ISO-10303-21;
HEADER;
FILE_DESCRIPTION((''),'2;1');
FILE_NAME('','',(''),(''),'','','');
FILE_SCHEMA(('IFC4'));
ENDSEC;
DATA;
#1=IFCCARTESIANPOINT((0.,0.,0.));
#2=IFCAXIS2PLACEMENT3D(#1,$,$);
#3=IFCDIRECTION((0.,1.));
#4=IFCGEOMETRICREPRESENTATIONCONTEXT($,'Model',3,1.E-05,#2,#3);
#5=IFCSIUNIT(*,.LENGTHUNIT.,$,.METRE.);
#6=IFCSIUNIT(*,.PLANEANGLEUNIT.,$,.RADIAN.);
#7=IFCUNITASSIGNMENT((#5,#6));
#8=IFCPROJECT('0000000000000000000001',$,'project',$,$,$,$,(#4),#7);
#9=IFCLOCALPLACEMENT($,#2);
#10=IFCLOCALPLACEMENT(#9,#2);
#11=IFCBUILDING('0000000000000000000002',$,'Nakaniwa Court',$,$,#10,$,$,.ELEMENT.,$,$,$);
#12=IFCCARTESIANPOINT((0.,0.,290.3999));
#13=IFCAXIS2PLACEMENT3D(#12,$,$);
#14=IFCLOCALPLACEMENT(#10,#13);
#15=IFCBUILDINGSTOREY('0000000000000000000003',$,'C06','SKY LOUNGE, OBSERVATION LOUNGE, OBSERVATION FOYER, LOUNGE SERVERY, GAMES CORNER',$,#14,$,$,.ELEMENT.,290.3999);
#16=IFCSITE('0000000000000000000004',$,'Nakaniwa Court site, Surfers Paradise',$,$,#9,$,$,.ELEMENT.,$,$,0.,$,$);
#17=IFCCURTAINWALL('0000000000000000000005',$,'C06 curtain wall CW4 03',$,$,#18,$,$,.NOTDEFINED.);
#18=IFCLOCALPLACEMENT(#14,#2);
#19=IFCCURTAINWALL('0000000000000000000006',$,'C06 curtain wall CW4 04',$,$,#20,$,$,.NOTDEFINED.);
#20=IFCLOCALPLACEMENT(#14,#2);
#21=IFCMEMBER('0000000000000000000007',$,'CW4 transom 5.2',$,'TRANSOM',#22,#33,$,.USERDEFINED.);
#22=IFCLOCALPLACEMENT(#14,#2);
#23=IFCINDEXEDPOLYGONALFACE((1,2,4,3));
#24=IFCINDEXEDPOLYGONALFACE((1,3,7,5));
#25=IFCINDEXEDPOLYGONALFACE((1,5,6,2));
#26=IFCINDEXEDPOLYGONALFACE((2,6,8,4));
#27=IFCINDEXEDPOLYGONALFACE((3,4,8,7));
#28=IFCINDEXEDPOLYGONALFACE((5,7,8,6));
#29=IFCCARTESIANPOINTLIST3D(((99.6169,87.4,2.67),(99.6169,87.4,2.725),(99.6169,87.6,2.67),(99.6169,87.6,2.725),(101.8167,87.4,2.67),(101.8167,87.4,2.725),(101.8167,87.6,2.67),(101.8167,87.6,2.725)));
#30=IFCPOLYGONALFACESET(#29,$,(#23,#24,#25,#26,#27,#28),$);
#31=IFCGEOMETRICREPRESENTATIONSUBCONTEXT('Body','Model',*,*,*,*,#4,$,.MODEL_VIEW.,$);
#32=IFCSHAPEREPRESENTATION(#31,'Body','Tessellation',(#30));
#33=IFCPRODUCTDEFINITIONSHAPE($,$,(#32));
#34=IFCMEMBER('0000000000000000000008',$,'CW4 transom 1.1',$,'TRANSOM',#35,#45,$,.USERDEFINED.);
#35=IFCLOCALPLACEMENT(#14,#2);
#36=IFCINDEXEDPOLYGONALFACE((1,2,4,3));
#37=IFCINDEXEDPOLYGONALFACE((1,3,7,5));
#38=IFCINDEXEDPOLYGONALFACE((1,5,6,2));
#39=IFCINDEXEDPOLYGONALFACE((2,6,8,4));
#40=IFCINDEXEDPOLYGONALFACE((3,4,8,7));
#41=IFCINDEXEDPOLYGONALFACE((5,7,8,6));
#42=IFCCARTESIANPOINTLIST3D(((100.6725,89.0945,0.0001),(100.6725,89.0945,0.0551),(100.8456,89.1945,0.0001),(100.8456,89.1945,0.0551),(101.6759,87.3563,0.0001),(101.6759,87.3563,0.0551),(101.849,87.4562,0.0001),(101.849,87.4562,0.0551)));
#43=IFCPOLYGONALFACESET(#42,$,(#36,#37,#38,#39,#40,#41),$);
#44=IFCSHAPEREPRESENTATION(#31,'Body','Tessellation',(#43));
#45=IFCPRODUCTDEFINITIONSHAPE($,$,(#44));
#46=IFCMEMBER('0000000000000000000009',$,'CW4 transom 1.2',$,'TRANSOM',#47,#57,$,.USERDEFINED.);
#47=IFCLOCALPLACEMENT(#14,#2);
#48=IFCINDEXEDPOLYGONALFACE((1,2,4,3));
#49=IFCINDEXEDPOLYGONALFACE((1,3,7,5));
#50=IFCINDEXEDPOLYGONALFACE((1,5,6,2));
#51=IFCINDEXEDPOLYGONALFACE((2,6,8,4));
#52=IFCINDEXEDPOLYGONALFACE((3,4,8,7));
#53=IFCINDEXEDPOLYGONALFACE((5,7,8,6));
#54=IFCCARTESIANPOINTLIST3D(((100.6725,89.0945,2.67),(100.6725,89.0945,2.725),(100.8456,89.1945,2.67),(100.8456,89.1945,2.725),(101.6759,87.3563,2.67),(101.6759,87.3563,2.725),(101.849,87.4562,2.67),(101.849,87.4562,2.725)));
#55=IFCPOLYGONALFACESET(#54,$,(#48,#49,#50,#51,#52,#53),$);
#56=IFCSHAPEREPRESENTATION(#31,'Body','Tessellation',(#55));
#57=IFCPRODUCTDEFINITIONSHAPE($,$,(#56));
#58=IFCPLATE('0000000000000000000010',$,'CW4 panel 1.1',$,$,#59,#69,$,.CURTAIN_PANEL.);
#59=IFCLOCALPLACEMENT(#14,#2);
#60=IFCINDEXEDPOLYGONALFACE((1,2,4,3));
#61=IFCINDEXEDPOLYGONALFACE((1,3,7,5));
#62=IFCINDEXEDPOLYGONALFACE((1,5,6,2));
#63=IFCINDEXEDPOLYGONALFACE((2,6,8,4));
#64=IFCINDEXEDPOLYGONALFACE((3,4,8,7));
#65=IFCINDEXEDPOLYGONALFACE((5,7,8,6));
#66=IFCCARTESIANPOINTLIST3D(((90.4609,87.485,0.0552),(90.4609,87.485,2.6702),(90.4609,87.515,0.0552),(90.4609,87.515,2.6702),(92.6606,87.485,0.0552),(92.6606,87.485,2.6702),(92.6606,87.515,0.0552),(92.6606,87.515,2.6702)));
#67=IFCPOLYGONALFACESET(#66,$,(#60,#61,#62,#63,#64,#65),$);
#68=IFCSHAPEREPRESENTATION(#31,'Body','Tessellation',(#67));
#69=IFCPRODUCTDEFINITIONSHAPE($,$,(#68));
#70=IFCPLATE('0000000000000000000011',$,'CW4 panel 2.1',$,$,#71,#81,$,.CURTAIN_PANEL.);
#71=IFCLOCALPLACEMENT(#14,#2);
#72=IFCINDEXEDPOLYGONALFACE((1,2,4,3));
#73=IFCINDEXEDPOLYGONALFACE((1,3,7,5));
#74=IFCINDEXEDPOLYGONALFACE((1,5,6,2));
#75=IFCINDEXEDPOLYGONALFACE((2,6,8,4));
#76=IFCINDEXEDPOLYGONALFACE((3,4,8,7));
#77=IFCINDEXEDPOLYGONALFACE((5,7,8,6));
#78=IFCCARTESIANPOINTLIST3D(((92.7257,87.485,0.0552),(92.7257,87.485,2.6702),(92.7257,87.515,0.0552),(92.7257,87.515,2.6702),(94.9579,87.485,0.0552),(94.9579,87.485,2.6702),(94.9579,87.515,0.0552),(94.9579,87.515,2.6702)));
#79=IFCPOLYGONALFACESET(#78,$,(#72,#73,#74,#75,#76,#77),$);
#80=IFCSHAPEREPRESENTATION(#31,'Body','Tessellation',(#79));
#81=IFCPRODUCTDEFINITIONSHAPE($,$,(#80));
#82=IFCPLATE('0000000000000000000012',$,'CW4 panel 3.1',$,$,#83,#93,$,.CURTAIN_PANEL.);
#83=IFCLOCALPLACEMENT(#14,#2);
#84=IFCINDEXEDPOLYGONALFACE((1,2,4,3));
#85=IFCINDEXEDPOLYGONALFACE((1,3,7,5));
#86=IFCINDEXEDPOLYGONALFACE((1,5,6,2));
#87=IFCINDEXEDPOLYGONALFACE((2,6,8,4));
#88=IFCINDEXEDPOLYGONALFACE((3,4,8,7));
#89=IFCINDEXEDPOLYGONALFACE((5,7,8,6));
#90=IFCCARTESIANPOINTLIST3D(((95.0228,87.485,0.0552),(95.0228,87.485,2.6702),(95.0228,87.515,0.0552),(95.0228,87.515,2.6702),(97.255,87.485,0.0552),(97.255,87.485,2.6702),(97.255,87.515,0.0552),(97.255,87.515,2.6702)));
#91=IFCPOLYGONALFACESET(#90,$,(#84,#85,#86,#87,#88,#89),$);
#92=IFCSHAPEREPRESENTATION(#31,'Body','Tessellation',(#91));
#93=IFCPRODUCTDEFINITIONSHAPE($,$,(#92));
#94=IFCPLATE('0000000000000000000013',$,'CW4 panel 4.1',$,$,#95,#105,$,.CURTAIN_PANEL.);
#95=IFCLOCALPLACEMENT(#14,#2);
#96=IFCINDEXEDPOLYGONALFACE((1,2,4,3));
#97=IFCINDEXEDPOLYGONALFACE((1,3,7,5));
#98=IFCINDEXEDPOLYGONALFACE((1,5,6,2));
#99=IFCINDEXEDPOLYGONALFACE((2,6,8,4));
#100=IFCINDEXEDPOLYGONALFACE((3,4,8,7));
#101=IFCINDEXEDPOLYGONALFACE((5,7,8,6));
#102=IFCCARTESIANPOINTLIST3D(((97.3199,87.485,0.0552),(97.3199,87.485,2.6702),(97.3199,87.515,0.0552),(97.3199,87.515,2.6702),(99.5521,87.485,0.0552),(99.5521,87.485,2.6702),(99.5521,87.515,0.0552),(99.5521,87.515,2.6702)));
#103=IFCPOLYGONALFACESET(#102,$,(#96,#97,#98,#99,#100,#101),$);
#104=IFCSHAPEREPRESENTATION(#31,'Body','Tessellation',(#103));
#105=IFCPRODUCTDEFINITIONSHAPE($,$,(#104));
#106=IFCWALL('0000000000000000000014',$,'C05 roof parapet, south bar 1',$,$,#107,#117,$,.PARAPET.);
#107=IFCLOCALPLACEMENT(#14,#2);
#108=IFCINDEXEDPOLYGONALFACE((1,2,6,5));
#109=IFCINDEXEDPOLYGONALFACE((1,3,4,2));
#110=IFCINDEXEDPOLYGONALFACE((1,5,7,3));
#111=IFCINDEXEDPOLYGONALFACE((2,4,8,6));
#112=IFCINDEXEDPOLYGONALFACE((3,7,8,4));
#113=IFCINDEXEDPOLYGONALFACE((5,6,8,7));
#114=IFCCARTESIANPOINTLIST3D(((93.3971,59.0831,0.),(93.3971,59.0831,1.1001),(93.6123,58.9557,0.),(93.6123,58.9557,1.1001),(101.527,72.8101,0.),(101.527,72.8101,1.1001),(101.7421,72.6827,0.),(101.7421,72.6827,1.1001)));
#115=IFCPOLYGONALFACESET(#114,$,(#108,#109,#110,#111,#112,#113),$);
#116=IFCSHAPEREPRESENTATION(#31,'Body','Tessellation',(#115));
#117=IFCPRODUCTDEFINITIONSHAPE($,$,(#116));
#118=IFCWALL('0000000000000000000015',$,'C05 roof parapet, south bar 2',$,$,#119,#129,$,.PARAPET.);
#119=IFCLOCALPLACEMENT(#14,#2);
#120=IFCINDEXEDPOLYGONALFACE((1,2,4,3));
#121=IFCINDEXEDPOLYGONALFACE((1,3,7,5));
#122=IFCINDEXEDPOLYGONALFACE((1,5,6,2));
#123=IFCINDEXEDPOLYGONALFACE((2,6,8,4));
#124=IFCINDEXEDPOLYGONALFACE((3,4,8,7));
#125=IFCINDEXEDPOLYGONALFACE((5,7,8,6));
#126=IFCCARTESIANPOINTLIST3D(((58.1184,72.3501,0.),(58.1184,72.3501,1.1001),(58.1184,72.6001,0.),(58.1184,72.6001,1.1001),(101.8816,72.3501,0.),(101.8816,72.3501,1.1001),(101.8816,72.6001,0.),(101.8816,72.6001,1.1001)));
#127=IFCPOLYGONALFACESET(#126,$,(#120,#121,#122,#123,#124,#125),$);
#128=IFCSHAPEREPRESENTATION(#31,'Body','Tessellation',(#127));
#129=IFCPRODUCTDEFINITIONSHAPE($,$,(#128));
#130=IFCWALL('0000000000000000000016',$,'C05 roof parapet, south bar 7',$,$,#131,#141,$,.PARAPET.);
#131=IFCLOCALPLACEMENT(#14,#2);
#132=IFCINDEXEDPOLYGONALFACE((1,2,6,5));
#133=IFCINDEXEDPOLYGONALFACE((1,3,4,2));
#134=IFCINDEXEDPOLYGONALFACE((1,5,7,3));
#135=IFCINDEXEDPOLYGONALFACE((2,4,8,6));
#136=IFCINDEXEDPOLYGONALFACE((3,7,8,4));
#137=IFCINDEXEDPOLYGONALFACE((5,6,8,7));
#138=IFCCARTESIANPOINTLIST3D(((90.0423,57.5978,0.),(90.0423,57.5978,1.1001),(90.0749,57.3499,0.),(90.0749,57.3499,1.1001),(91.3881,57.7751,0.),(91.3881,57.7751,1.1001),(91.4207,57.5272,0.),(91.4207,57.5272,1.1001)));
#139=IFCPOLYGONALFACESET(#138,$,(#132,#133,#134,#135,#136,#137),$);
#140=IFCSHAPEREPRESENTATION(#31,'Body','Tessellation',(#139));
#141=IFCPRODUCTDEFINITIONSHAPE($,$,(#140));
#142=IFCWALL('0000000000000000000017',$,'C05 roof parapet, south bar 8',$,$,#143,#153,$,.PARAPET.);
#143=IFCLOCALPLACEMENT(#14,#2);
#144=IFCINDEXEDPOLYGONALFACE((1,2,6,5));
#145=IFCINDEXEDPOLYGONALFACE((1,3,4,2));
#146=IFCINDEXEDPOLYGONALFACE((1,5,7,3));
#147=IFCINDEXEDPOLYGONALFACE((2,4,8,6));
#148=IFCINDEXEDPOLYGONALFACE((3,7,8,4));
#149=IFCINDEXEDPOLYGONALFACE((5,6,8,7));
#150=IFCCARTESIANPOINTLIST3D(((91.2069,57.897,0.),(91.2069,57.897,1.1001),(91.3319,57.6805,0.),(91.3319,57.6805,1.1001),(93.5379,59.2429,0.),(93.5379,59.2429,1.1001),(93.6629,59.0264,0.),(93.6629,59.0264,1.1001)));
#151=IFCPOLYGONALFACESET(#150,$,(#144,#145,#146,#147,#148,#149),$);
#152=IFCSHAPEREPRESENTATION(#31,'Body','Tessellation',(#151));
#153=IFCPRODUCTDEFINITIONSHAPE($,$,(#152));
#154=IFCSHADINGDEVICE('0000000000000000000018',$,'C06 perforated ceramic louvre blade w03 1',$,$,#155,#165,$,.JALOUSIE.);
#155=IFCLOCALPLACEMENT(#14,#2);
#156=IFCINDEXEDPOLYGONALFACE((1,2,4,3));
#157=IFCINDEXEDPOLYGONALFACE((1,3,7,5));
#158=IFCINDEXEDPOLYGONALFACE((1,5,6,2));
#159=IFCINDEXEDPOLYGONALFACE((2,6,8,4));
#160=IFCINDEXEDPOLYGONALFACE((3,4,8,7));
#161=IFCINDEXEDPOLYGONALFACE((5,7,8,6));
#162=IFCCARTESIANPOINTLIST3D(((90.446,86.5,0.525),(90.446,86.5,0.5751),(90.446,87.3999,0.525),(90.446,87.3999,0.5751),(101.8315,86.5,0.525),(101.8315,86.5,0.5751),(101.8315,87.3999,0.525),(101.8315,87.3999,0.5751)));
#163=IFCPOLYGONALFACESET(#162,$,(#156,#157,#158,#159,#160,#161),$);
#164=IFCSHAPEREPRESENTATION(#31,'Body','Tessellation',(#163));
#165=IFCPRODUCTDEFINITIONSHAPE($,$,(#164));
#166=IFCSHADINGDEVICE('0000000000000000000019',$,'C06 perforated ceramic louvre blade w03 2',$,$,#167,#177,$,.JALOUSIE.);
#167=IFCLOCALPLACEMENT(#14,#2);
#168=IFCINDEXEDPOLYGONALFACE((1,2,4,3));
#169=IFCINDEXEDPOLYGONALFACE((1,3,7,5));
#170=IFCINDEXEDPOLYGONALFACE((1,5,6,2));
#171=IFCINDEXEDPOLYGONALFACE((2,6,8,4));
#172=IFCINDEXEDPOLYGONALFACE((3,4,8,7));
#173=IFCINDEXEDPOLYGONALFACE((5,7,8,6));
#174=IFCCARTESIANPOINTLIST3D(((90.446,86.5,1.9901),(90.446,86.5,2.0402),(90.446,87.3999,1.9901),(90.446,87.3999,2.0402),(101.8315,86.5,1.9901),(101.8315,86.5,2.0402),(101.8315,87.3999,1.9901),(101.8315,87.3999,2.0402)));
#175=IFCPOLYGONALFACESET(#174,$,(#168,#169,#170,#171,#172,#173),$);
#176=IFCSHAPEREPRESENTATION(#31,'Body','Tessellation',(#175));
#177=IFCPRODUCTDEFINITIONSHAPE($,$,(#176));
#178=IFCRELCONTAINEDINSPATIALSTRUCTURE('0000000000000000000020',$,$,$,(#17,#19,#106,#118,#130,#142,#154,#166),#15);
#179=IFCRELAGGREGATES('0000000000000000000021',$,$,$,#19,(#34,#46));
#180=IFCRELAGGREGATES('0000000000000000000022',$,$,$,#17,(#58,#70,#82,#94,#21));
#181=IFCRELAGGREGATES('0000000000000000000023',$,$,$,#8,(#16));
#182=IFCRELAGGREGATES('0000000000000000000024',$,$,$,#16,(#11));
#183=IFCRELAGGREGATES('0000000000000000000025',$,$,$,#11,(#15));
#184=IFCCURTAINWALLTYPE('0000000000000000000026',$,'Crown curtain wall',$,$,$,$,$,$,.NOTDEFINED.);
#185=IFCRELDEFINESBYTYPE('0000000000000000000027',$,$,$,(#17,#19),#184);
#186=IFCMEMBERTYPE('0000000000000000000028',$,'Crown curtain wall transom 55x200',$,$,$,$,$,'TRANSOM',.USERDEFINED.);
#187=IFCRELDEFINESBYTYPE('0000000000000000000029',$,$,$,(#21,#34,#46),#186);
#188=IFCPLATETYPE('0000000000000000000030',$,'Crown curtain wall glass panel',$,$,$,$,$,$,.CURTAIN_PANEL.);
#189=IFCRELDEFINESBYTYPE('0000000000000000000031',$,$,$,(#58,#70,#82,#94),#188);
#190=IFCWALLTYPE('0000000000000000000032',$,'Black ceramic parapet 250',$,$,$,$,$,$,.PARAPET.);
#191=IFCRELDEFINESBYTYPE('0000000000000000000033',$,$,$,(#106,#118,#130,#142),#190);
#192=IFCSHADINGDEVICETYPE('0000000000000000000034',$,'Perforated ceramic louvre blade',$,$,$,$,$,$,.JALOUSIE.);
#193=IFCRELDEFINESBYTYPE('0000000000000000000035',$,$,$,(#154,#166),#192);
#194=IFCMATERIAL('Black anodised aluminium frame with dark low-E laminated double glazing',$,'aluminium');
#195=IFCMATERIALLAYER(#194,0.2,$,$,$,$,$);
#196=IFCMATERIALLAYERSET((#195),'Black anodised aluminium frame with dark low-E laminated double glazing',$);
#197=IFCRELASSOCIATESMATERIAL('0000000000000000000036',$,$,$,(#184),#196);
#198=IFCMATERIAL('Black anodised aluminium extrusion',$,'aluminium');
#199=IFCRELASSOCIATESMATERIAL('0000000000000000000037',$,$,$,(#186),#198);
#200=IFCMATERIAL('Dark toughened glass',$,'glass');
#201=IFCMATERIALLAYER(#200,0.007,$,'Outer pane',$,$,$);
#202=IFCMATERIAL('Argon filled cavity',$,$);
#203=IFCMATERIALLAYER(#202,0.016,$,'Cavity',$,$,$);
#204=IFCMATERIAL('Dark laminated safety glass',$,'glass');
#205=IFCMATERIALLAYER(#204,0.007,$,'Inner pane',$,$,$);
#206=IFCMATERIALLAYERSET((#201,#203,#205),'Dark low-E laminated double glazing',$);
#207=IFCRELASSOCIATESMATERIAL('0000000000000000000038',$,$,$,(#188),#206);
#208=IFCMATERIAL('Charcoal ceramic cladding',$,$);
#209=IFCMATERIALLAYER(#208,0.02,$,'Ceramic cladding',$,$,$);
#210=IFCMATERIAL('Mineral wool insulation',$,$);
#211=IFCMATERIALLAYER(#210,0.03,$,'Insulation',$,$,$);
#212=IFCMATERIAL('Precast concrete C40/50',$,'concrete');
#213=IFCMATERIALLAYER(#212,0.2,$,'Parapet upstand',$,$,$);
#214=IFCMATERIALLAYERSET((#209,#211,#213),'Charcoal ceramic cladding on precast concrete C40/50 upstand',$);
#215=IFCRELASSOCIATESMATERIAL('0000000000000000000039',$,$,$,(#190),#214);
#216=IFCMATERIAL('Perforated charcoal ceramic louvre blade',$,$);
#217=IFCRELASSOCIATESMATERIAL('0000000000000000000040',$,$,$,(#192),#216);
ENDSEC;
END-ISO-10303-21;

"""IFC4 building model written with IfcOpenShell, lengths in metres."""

from ifc_helpers import new_model, si_unit, direction, frame, frame_2d, origin, origin_2d, place, context, subcontext, project, spatial, rectangle, extrude, material, layer, layer_set, material_profile, profile_set, type_object, element, aggregate, save


model = new_model("IFC4")

# Units and contexts
model_context = context("Model", 3, precision=1e-05, world=origin(), true_north=direction((0.0, 1.0)))
body_context = subcontext(model_context, "Body", "Model", "MODEL_VIEW")
ifc_project = project(units=[si_unit("LENGTHUNIT", "METRE"), si_unit("PLANEANGLEUNIT", "RADIAN")], contexts=[model_context])

# Site, building, storey
site_placement = place(None, origin())
site = spatial("IfcSite", under=ifc_project, at=site_placement, Name="Nakaniwa Court site, Surfers Paradise", CompositionType="ELEMENT", RefElevation=0.0)
building_placement = place(site_placement, origin())
building = spatial("IfcBuilding", under=site, at=building_placement, Name="Nakaniwa Court", CompositionType="ELEMENT")
storey_placement = place(building_placement, frame((0.0, 0.0, 290.3999)))
storey = spatial("IfcBuildingStorey", under=building, at=storey_placement, Name="C06", Description="SKY LOUNGE, OBSERVATION LOUNGE, OBSERVATION FOYER, LOUNGE SERVERY, GAMES CORNER", CompositionType="ELEMENT", Elevation=290.3999)

# Curtain wall
ifc_material_1 = material(Name="Black anodised aluminium frame with dark low-E laminated double glazing", Category="aluminium")
ifc_layer_1 = layer(ifc_material_1, 0.2)
ifc_layer_set_1 = layer_set([ifc_layer_1], Name="Black anodised aluminium frame with dark low-E laminated double glazing")
curtain_wall_type = type_object("IfcCurtainWallType", Name="Crown curtain wall", PredefinedType="NOTDEFINED", material=ifc_layer_set_1)
curtain_wall_1_placement = place(storey_placement, origin())
curtain_wall_1 = element("IfcCurtainWall", 1, at=curtain_wall_1_placement, inside=storey, type_object=curtain_wall_type, Name="C06 curtain wall CW4 03", PredefinedType="NOTDEFINED")
ifc_material_2 = material(Name="Black anodised aluminium extrusion", Category="aluminium")

# Curtain wall
curtain_wall_2_placement = place(storey_placement, origin())
curtain_wall_2 = element("IfcCurtainWall", 2, at=curtain_wall_2_placement, inside=storey, type_object=curtain_wall_type, Name="C06 curtain wall CW4 04", PredefinedType="NOTDEFINED")

# Members
ifc_material_profile_1 = material_profile(ifc_material_2, rectangle(XDim=0.2, YDim=0.0549, at=origin_2d()), Name="Crown curtain wall transom 55x200")
ifc_profile_set_1 = profile_set([ifc_material_profile_1], Name="Black anodised aluminium extrusion")
member_type_1 = type_object("IfcMemberType", Name="Crown curtain wall transom 55x200", ElementType="TRANSOM", PredefinedType="USERDEFINED", material=ifc_profile_set_1)
member_1_placement = place(storey_placement, frame((99.6169, 87.5, 2.6975), z_axis=(1.0, 0.0, 0.0), x_axis=(0.0, 1.0, 0.0)))
member_1 = element("IfcMember", 3, at=member_1_placement, type_object=member_type_1, Name="CW4 transom 5.2", ObjectType="TRANSOM", PredefinedType="USERDEFINED", context=body_context, shape_type="SweptSolid", body=[
    extrude(rectangle(XDim=0.2, YDim=0.0549, at=origin_2d()), origin(), (0.0, 0.0, 1.0), 2.1997),
])
member_2_placement = place(storey_placement, frame((101.7625, 87.4062, 0.0276), z_axis=(-0.499933, 0.866064, 0.0), x_axis=(-0.866064, -0.499933, 0.0)))
member_2 = element("IfcMember", 4, at=member_2_placement, type_object=member_type_1, Name="CW4 transom 1.1", ObjectType="TRANSOM", PredefinedType="USERDEFINED", context=body_context, shape_type="SweptSolid", body=[
    extrude(rectangle(XDim=0.2, YDim=0.0549, at=origin_2d()), origin(), (0.0, 0.0, 1.0), 2.0071),
])
member_3_placement = place(storey_placement, frame((101.7625, 87.4062, 2.6975), z_axis=(-0.499933, 0.866064, 0.0), x_axis=(-0.866064, -0.499933, 0.0)))
member_3 = element("IfcMember", 5, at=member_3_placement, type_object=member_type_1, Name="CW4 transom 1.2", ObjectType="TRANSOM", PredefinedType="USERDEFINED", context=body_context, shape_type="SweptSolid", body=[
    extrude(rectangle(XDim=0.2, YDim=0.0549, at=origin_2d()), origin(), (0.0, 0.0, 1.0), 2.0071),
])
aggregate(curtain_wall_2, [member_2, member_3])

# Plates
ifc_material_3 = material(Name="Dark toughened glass", Category="glass")
ifc_layer_2 = layer(ifc_material_3, 0.007, Name="Outer pane")
ifc_material_4 = material(Name="Argon filled cavity")
ifc_layer_3 = layer(ifc_material_4, 0.016, Name="Cavity")
ifc_material_5 = material(Name="Dark laminated safety glass", Category="glass")
ifc_layer_4 = layer(ifc_material_5, 0.007, Name="Inner pane")
ifc_layer_set_2 = layer_set([ifc_layer_2, ifc_layer_3, ifc_layer_4], Name="Dark low-E laminated double glazing")
plate_type = type_object("IfcPlateType", Name="Crown curtain wall glass panel", PredefinedType="CURTAIN_PANEL", material=ifc_layer_set_2)
plate_1_placement = place(storey_placement, frame((91.5608, 87.5, 0.0552), z_axis=(0.0, 0.0, 1.0), x_axis=(1.0, 0.0, 0.0)))
plate_1 = element("IfcPlate", 6, at=plate_1_placement, type_object=plate_type, Name="CW4 panel 1.1", PredefinedType="CURTAIN_PANEL", context=body_context, shape_type="SweptSolid", body=[
    extrude(rectangle(XDim=2.1997, YDim=0.03, at=origin_2d()), origin(), (0.0, 0.0, 1.0), 2.615),
])
plate_2_placement = place(storey_placement, frame((93.8418, 87.5, 0.0552), z_axis=(0.0, 0.0, 1.0), x_axis=(1.0, 0.0, 0.0)))
plate_2 = element("IfcPlate", 7, at=plate_2_placement, type_object=plate_type, Name="CW4 panel 2.1", PredefinedType="CURTAIN_PANEL", context=body_context, shape_type="SweptSolid", body=[
    extrude(rectangle(XDim=2.2322, YDim=0.03, at=origin_2d()), origin(), (0.0, 0.0, 1.0), 2.615),
])
plate_3_placement = place(storey_placement, frame((96.1389, 87.5, 0.0552), z_axis=(0.0, 0.0, 1.0), x_axis=(1.0, 0.0, 0.0)))
plate_3 = element("IfcPlate", 8, at=plate_3_placement, type_object=plate_type, Name="CW4 panel 3.1", PredefinedType="CURTAIN_PANEL", context=body_context, shape_type="SweptSolid", body=[
    extrude(rectangle(XDim=2.2322, YDim=0.03, at=origin_2d()), origin(), (0.0, 0.0, 1.0), 2.615),
])
plate_4_placement = place(storey_placement, frame((98.436, 87.5, 0.0552), z_axis=(0.0, 0.0, 1.0), x_axis=(1.0, 0.0, 0.0)))
plate_4 = element("IfcPlate", 9, at=plate_4_placement, type_object=plate_type, Name="CW4 panel 4.1", PredefinedType="CURTAIN_PANEL", context=body_context, shape_type="SweptSolid", body=[
    extrude(rectangle(XDim=2.2322, YDim=0.03, at=origin_2d()), origin(), (0.0, 0.0, 1.0), 2.615),
])
aggregate(curtain_wall_1, [plate_1, plate_2, plate_3, plate_4, member_1])

# Walls
ifc_material_6 = material(Name="Charcoal ceramic cladding")
ifc_layer_5 = layer(ifc_material_6, 0.02, Name="Ceramic cladding")
ifc_material_7 = material(Name="Mineral wool insulation")
ifc_layer_6 = layer(ifc_material_7, 0.03, Name="Insulation")
ifc_material_8 = material(Name="Precast concrete C40/50", Category="concrete")
ifc_layer_7 = layer(ifc_material_8, 0.2, Name="Parapet upstand")
ifc_layer_set_3 = layer_set([ifc_layer_5, ifc_layer_6, ifc_layer_7], Name="Charcoal ceramic cladding on precast concrete C40/50 upstand")
wall_type = type_object("IfcWallType", Name="Black ceramic parapet 250", PredefinedType="PARAPET", material=ifc_layer_set_3)
wall_1_placement = place(storey_placement, frame((93.5046, 59.0193, 0.0), z_axis=(0.0, 0.0, 1.0), x_axis=(0.509586, 0.86042, 0.0)))
element("IfcWall", 10, at=wall_1_placement, inside=storey, type_object=wall_type, Name="C05 roof parapet, south bar 1", PredefinedType="PARAPET", context=body_context, shape_type="SweptSolid", body=[
    extrude(rectangle(XDim=15.9539, YDim=0.25, at=frame_2d((7.9771, 0.0))), origin(), (0.0, 0.0, 1.0), 1.1001),
])
wall_2_placement = place(storey_placement, frame((101.8816, 72.4751, 0.0), z_axis=(0.0, 0.0, 1.0), x_axis=(-1.0, 0.0, 0.0)))
element("IfcWall", 11, at=wall_2_placement, inside=storey, type_object=wall_type, Name="C05 roof parapet, south bar 2", PredefinedType="PARAPET", context=body_context, shape_type="SweptSolid", body=[
    extrude(rectangle(XDim=43.7632, YDim=0.25, at=frame_2d((21.8816, 0.0))), origin(), (0.0, 0.0, 1.0), 1.1001),
])
wall_3_placement = place(storey_placement, frame((90.0586, 57.4739, 0.0), z_axis=(0.0, 0.0, 1.0), x_axis=(0.991437, 0.130585, 0.0)))
element("IfcWall", 12, at=wall_3_placement, inside=storey, type_object=wall_type, Name="C05 roof parapet, south bar 7", PredefinedType="PARAPET", context=body_context, shape_type="SweptSolid", body=[
    extrude(rectangle(XDim=1.3574, YDim=0.25, at=frame_2d((0.6787, 0.0))), origin(), (0.0, 0.0, 1.0), 1.1001),
])
wall_4_placement = place(storey_placement, frame((91.2695, 57.7888, 0.0), z_axis=(0.0, 0.0, 1.0), x_axis=(0.866007, 0.500031, 0.0)))
element("IfcWall", 13, at=wall_4_placement, inside=storey, type_object=wall_type, Name="C05 roof parapet, south bar 8", PredefinedType="PARAPET", context=body_context, shape_type="SweptSolid", body=[
    extrude(rectangle(XDim=2.6917, YDim=0.25, at=frame_2d((1.3457, 0.0))), origin(), (0.0, 0.0, 1.0), 1.1001),
])

# Shading devices
ifc_material_9 = material(Name="Perforated charcoal ceramic louvre blade")
ifc_material_profile_2 = material_profile(ifc_material_9, rectangle(XDim=0.8999, YDim=0.05, at=origin_2d()), Name="Perforated ceramic louvre blade")
ifc_profile_set_2 = profile_set([ifc_material_profile_2], Name="Perforated charcoal ceramic louvre blade")
shading_device_type = type_object("IfcShadingDeviceType", Name="Perforated ceramic louvre blade", PredefinedType="JALOUSIE", material=ifc_profile_set_2)
for number, where, z_axis, x_axis, name in (
    (14, (90.446, 86.95, 0.55), (1.0, 0.0, 0.0), (0.0, 1.0, 0.0), "C06 perforated ceramic louvre blade w03 1"),
    (15, (90.446, 86.95, 2.0151), (1.0, 0.0, 0.0), (0.0, 1.0, 0.0), "C06 perforated ceramic louvre blade w03 2"),
):
    element("IfcShadingDevice", number, at=place(storey_placement, frame(where, z_axis=z_axis, x_axis=x_axis)), inside=storey, type_object=shading_device_type, Name=name, PredefinedType="JALOUSIE", context=body_context, shape_type="SweptSolid", body=[
        extrude(rectangle(XDim=0.8999, YDim=0.05, at=origin_2d()), origin(), (0.0, 0.0, 1.0), 11.3855),
    ])

save(model, "model.ifc")
